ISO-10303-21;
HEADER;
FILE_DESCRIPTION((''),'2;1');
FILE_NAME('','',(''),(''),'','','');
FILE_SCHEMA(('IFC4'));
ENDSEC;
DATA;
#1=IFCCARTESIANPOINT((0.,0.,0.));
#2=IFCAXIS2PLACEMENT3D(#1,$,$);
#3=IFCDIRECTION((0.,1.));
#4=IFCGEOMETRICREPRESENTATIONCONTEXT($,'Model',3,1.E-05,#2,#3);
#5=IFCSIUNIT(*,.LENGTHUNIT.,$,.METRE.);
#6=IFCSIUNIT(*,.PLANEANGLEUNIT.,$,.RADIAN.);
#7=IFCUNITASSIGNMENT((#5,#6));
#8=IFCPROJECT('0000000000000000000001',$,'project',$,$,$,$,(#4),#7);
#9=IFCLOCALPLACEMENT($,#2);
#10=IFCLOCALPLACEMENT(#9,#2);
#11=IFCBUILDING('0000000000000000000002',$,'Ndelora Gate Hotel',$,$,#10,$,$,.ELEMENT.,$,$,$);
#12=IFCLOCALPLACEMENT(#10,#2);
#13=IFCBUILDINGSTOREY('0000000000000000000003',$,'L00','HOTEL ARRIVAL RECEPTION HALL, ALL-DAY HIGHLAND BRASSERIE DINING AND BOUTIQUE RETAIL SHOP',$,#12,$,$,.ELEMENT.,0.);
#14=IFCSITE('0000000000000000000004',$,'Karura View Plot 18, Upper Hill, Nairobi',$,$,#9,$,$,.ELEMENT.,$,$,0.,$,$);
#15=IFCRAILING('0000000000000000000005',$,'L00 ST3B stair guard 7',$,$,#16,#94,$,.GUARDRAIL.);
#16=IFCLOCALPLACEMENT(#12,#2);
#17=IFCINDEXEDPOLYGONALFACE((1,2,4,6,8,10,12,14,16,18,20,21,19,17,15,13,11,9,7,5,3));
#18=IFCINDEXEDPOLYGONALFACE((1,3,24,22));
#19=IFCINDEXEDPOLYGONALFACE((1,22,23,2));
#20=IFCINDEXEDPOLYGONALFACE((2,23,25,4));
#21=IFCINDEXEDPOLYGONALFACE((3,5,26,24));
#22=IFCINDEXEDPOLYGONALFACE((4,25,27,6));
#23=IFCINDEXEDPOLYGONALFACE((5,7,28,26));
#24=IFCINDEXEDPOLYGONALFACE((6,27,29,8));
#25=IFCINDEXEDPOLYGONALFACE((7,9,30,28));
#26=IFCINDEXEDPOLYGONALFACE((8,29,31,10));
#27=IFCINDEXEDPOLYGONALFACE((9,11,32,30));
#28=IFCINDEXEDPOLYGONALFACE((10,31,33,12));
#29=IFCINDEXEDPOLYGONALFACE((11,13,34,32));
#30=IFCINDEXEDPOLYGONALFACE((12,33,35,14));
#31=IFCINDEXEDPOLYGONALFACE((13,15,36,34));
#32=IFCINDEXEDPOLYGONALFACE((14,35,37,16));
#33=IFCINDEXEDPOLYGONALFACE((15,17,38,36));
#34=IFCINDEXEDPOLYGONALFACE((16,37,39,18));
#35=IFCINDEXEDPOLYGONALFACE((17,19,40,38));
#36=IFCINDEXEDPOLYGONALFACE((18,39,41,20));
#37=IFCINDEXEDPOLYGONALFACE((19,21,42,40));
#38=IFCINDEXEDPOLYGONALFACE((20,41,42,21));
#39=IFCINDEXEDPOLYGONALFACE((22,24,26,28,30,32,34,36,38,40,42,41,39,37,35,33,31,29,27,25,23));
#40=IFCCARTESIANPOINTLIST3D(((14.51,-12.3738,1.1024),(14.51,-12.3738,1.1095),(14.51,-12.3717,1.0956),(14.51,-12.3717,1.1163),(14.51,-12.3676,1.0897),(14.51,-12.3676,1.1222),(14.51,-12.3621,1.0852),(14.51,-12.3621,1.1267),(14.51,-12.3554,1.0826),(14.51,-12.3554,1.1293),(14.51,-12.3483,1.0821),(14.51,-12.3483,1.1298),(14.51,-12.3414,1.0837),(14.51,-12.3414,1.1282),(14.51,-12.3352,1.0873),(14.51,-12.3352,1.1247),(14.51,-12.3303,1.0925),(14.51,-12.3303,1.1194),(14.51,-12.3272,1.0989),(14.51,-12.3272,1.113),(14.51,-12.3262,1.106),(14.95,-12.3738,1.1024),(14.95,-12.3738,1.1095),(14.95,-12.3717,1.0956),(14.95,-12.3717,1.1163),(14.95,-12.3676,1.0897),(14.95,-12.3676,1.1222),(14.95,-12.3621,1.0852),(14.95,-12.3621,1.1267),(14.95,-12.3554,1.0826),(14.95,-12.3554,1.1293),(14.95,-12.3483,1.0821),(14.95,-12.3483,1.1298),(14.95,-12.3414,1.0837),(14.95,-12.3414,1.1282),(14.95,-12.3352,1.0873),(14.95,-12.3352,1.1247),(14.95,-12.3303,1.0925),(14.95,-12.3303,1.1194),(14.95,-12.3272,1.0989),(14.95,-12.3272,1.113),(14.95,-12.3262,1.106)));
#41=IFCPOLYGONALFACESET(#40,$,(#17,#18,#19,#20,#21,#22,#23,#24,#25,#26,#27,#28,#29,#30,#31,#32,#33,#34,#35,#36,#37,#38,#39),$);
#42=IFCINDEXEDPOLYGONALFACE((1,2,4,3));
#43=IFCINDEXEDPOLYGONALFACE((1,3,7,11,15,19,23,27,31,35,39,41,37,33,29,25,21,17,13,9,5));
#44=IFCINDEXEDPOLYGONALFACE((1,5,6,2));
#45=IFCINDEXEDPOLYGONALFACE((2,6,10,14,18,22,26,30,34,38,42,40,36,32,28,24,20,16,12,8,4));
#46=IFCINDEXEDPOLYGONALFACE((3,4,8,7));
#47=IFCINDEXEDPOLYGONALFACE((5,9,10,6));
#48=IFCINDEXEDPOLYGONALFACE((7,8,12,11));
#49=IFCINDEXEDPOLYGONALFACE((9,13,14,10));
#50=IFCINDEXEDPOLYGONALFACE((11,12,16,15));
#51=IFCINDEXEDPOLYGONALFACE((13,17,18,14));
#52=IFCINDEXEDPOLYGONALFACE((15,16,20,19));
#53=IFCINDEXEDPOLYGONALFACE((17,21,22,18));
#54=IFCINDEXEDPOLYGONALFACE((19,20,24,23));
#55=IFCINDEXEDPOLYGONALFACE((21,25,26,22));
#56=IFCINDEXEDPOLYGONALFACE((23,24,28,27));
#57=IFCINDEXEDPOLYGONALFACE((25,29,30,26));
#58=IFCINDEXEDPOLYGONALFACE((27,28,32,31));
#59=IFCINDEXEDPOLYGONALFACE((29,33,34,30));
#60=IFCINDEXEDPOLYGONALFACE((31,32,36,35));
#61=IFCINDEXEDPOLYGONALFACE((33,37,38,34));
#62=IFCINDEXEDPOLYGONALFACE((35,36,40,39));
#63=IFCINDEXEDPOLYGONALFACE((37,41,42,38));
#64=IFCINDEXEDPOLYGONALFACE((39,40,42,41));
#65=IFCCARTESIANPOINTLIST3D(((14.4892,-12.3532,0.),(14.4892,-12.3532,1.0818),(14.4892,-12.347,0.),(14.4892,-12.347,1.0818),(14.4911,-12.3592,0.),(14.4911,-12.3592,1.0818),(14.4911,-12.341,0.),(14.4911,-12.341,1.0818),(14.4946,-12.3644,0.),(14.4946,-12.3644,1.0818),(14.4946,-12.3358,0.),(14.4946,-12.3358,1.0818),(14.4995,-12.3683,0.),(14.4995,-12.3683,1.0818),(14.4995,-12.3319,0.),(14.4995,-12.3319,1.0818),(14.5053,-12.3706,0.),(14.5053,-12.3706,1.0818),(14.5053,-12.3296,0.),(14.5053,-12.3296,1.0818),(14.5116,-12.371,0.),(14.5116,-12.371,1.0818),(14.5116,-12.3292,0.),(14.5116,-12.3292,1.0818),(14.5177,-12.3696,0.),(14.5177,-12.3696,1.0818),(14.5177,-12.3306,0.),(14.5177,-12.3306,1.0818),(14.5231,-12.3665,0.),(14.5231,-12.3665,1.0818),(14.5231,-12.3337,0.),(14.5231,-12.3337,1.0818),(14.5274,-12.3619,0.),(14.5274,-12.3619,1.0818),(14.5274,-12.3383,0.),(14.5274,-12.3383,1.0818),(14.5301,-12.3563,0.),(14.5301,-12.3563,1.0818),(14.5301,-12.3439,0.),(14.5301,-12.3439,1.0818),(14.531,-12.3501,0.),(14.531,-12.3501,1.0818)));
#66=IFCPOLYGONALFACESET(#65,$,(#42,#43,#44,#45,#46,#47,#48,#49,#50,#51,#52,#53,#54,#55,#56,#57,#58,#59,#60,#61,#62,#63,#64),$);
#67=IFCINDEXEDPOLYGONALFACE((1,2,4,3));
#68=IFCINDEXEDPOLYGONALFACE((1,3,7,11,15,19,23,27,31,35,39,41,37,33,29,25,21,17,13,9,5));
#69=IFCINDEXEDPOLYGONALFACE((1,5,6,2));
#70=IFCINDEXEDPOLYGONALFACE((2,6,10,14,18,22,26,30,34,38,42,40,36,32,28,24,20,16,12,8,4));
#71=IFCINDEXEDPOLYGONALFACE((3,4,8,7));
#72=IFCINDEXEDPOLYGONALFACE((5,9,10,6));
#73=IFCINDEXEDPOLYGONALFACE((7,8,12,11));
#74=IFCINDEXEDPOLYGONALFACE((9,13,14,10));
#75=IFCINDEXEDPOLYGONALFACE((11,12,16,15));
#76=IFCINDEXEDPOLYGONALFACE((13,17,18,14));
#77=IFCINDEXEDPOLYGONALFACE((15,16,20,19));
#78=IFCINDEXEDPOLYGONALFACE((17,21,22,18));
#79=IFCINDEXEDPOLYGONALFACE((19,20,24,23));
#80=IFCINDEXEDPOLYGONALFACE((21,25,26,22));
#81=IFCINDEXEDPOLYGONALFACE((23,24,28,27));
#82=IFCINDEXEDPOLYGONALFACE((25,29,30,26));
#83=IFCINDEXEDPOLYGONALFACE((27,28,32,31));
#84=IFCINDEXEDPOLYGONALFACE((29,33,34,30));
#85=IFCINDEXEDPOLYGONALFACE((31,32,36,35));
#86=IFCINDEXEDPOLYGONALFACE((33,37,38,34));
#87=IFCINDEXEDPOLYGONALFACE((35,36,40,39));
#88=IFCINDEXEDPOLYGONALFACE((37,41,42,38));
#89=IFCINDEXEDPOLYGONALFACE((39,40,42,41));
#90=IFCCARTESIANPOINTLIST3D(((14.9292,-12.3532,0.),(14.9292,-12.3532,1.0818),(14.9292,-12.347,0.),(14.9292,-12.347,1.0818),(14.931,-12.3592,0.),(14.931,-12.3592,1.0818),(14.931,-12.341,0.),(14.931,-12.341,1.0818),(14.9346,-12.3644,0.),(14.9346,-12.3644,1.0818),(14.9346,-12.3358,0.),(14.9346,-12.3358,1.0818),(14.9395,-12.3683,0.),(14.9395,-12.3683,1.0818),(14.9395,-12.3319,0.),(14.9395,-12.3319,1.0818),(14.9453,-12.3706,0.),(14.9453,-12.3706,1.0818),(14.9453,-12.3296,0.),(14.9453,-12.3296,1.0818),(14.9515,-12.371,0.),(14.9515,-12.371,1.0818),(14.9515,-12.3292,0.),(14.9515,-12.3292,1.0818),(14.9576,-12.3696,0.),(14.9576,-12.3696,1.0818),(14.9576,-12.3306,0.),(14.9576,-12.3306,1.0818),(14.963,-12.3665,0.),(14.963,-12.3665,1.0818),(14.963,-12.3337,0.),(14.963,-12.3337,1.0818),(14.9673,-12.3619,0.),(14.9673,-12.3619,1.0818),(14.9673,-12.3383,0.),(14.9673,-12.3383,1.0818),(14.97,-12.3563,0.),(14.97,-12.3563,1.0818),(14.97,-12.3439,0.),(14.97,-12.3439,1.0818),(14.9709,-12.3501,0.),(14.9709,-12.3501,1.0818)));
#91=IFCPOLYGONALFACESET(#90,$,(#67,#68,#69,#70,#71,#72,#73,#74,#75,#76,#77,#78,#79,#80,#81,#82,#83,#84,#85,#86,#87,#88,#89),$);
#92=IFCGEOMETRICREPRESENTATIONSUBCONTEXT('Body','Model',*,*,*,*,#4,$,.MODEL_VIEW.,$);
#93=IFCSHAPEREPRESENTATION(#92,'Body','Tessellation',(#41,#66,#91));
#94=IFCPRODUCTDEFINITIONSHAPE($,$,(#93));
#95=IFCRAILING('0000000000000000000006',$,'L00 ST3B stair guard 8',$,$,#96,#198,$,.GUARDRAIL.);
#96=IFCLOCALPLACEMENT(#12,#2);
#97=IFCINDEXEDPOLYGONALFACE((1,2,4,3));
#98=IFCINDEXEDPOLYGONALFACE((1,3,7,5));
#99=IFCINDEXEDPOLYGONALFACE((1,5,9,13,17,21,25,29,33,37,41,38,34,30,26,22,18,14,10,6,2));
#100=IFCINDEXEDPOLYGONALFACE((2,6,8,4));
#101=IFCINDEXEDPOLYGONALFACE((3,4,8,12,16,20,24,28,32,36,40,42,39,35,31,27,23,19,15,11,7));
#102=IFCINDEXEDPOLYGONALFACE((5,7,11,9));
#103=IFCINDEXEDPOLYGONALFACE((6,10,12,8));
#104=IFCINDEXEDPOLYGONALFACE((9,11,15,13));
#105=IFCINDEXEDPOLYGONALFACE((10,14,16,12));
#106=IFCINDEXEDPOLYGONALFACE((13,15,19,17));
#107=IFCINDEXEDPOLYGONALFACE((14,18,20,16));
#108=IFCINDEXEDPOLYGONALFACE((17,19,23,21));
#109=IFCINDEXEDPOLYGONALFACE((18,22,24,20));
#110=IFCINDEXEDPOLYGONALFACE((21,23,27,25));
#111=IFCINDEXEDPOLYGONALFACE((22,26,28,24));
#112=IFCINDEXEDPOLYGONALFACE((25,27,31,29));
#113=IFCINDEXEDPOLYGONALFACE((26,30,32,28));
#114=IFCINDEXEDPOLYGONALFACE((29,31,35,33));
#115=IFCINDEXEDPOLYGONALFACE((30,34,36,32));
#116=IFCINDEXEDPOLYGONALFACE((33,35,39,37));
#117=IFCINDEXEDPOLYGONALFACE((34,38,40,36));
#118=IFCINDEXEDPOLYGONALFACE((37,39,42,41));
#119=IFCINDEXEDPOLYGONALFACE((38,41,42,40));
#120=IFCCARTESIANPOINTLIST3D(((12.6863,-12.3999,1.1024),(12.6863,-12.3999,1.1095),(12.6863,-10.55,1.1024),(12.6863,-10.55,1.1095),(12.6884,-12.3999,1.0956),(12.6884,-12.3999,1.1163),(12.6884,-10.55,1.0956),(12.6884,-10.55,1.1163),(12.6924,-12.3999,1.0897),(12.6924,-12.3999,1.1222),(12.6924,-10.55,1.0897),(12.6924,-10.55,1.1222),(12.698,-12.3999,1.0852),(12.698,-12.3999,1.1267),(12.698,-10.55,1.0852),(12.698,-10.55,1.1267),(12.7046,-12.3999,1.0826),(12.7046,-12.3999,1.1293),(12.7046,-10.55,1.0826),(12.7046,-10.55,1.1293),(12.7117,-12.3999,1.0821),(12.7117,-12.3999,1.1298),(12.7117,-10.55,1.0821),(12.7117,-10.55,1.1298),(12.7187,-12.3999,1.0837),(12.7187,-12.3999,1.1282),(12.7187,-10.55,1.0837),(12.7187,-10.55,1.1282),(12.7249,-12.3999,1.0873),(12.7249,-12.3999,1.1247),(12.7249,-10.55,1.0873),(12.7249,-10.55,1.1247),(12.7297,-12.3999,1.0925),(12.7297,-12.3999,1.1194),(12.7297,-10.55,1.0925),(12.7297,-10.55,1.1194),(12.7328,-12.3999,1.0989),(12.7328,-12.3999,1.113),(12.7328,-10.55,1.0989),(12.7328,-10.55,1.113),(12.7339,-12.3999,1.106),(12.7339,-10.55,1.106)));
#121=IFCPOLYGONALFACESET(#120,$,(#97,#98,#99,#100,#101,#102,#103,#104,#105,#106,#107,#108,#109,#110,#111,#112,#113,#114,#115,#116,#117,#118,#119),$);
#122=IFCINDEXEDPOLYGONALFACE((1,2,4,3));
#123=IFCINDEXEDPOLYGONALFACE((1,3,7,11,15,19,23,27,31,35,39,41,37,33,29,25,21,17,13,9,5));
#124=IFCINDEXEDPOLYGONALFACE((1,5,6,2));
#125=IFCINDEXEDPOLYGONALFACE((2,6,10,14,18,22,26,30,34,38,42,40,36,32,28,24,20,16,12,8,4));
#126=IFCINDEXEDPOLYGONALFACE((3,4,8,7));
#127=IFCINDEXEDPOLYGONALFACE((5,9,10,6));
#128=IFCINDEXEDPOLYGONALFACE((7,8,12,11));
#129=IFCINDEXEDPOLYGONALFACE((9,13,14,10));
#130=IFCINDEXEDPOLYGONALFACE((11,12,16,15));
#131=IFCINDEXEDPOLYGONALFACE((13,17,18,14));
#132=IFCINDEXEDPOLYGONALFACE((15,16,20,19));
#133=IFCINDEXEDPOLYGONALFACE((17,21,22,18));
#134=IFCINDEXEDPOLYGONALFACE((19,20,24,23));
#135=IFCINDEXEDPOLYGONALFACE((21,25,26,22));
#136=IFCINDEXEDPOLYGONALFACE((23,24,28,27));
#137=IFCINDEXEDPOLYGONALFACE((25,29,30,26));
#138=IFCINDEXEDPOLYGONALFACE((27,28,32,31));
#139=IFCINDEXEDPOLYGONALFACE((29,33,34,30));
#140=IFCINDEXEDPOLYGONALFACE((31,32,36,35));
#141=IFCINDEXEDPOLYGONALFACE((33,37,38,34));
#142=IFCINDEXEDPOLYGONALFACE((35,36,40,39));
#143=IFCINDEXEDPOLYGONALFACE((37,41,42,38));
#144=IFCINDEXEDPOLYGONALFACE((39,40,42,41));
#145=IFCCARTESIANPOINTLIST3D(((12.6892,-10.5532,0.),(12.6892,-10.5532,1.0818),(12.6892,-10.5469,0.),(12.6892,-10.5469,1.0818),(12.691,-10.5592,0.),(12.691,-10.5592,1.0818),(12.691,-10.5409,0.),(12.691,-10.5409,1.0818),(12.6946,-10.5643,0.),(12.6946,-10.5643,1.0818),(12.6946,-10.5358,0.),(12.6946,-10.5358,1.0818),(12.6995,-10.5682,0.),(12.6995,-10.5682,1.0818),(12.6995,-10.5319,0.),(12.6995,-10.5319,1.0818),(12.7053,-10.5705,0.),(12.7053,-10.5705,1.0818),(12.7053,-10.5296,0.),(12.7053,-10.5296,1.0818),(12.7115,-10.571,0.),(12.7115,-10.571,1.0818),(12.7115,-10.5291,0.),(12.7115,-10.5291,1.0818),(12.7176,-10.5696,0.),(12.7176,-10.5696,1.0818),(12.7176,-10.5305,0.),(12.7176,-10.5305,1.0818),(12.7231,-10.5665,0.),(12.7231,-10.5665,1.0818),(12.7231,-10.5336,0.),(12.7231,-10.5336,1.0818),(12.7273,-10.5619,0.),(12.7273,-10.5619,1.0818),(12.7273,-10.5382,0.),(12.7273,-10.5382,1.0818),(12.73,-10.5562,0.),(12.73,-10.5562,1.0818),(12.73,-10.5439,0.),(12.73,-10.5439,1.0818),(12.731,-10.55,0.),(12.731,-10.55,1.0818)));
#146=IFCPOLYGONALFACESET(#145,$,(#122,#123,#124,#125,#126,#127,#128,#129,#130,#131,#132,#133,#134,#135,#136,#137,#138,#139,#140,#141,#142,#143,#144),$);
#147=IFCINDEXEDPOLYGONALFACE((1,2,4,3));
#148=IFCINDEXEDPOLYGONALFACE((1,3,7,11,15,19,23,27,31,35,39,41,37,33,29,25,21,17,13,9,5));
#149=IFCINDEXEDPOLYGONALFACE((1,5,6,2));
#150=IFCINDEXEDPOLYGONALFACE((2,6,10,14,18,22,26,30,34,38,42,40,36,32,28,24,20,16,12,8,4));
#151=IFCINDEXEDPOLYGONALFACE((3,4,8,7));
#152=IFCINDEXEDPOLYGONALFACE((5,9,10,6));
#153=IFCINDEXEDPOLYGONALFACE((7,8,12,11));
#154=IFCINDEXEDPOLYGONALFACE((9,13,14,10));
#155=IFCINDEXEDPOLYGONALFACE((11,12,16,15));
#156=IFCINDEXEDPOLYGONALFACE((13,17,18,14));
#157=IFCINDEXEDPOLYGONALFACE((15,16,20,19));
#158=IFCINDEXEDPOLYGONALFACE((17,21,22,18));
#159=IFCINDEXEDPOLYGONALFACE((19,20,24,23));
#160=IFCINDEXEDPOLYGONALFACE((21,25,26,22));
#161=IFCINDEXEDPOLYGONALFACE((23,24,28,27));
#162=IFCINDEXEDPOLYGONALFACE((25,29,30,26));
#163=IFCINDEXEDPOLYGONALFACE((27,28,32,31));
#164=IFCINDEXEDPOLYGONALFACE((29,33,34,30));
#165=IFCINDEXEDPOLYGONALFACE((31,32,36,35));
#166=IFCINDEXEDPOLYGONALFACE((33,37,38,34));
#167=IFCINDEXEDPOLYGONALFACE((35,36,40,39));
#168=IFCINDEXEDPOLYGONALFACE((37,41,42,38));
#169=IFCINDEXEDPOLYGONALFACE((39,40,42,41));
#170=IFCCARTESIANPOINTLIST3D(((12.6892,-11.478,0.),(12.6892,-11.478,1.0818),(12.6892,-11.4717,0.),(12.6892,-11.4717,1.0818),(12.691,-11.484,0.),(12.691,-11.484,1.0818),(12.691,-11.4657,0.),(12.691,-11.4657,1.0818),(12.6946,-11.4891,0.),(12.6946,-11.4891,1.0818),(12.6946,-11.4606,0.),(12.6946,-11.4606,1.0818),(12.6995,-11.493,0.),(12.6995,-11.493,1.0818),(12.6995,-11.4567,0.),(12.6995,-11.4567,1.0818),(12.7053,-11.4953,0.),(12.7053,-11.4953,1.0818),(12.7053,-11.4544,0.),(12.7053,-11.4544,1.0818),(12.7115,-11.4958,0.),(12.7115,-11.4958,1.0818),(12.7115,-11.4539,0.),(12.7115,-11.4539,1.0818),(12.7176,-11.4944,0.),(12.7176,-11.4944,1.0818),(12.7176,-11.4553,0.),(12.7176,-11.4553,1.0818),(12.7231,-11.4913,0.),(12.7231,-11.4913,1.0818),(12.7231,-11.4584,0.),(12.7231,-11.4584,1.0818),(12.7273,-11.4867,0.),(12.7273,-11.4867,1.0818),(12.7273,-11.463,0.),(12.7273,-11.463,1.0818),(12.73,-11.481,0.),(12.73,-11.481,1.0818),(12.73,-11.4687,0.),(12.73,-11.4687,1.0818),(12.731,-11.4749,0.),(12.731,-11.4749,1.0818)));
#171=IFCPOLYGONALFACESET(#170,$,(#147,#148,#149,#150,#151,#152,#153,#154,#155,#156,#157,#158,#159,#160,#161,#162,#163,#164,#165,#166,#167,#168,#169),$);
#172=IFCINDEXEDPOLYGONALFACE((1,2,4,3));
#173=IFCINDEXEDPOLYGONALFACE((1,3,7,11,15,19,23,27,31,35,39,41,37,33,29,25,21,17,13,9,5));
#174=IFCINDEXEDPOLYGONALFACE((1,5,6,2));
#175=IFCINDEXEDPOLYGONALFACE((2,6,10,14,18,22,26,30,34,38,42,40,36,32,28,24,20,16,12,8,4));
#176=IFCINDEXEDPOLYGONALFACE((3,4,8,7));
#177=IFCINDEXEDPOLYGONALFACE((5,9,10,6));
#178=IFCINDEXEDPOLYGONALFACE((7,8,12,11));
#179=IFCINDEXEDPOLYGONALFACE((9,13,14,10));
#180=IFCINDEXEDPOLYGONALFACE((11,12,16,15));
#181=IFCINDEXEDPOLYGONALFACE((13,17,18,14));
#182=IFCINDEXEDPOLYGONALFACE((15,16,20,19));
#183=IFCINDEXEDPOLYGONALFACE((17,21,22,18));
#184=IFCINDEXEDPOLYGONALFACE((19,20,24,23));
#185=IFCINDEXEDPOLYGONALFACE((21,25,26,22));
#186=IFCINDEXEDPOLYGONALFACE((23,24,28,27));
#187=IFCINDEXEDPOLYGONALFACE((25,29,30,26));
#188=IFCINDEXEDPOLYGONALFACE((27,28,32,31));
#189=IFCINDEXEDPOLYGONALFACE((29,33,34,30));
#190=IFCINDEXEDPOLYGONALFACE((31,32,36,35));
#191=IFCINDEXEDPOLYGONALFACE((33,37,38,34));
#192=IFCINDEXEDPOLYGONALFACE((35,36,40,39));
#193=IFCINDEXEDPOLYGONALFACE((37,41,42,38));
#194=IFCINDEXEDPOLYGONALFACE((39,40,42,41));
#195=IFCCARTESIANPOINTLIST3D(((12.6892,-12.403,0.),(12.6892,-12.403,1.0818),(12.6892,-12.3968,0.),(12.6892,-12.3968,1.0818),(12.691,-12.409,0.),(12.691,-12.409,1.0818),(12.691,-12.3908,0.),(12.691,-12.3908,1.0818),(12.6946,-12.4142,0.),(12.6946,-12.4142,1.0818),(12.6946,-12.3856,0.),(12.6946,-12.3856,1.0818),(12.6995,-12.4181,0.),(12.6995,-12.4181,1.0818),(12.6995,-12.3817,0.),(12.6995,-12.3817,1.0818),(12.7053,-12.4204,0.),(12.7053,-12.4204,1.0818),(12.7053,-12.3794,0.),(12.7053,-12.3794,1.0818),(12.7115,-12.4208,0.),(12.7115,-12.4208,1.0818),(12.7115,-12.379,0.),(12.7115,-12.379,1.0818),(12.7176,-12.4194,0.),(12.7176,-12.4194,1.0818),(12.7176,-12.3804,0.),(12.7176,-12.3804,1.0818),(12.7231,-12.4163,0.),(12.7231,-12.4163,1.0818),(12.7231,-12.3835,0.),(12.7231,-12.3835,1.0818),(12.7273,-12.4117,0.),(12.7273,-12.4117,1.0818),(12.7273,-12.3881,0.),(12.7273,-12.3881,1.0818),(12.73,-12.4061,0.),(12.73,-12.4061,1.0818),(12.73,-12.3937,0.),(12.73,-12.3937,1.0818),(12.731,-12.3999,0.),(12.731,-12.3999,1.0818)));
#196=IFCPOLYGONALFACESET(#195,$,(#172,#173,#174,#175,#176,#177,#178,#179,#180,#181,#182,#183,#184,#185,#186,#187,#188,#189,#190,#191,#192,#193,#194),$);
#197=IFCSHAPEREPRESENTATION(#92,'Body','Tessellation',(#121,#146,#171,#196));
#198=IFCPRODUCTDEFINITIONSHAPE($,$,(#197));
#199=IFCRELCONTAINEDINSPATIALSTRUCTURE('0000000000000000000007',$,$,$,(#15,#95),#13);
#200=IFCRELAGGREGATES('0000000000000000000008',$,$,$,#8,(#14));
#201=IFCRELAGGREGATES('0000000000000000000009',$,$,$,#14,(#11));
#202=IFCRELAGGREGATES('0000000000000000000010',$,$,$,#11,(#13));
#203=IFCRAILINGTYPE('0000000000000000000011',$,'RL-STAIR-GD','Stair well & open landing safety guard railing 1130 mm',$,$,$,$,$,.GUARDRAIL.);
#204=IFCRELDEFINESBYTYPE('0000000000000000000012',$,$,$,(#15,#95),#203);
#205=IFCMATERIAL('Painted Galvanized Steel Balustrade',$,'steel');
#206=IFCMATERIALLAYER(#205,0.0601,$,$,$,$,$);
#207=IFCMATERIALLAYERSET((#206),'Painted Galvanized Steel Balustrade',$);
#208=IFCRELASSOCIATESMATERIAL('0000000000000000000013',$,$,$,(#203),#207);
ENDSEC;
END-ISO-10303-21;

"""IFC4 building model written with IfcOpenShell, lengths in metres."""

from ifc_helpers import new_model, si_unit, direction, frame, origin, origin_2d, place, context, subcontext, project, spatial, circle, extrude, material, layer, layer_set, type_object, element, save


model = new_model("IFC4")

# Units and contexts
model_context = context("Model", 3, precision=1e-05, world=origin(), true_north=direction((0.0, 1.0)))
body_context = subcontext(model_context, "Body", "Model", "MODEL_VIEW")
ifc_project = project(units=[si_unit("LENGTHUNIT", "METRE"), si_unit("PLANEANGLEUNIT", "RADIAN")], contexts=[model_context])

# Site, building, storey
site_placement = place(None, origin())
site = spatial("IfcSite", under=ifc_project, at=site_placement, Name="Karura View Plot 18, Upper Hill, Nairobi", CompositionType="ELEMENT", RefElevation=0.0)
building_placement = place(site_placement, origin())
building = spatial("IfcBuilding", under=site, at=building_placement, Name="Ndelora Gate Hotel", CompositionType="ELEMENT")
storey_placement = place(building_placement, origin())
storey = spatial("IfcBuildingStorey", under=building, at=storey_placement, Name="L00", Description="HOTEL ARRIVAL RECEPTION HALL, ALL-DAY HIGHLAND BRASSERIE DINING AND BOUTIQUE RETAIL SHOP", CompositionType="ELEMENT", Elevation=0.0)

# Railings
ifc_material_1 = material(Name="Painted Galvanized Steel Balustrade", Category="steel")
ifc_layer_1 = layer(ifc_material_1, 0.0601)
ifc_layer_set_1 = layer_set([ifc_layer_1], Name="Painted Galvanized Steel Balustrade")
railing_type_1 = type_object("IfcRailingType", Name="RL-STAIR-GD", Description="Stair well & open landing safety guard railing 1130 mm", PredefinedType="GUARDRAIL", material=ifc_layer_set_1)
railing_1_placement = place(storey_placement, frame((14.51, -12.3501, 0.0)))
element("IfcRailing", 1, at=railing_1_placement, inside=storey, type_object=railing_type_1, Name="L00 ST3B stair guard 7", PredefinedType="GUARDRAIL", context=body_context, shape_type="SweptSolid", body=[
    extrude(circle(Radius=0.0239, at=origin_2d()), frame((0.0, 0.0, 1.106), z_axis=(1.0, 0.0, 0.0), x_axis=(0.0, 1.0, 0.0)), (0.0, 0.0, 1.0), 0.4399),
    extrude(circle(Radius=0.021, at=origin_2d()), origin(), (0.0, 0.0, 1.0), 1.0818),
    extrude(circle(Radius=0.021, at=origin_2d()), frame((0.4399, 0.0, 0.0)), (0.0, 0.0, 1.0), 1.0818),
])
for number, where, name in (
    (2, (12.71, -10.55, 0.0), "L00 ST3B stair guard 8"),
):
    element("IfcRailing", number, at=place(storey_placement, frame(where)), inside=storey, type_object=railing_type_1, Name=name, PredefinedType="GUARDRAIL", context=body_context, shape_type="SweptSolid", body=[
        extrude(circle(Radius=0.0239, at=origin_2d()), frame((0.0, 0.0, 1.106), z_axis=(0.0, -1.0, 0.0), x_axis=(1.0, 0.0, 0.0)), (0.0, 0.0, 1.0), 1.8499),
        extrude(circle(Radius=0.021, at=origin_2d()), origin(), (0.0, 0.0, 1.0), 1.0818),
        extrude(circle(Radius=0.021, at=origin_2d()), frame((0.0, -0.9248, 0.0)), (0.0, 0.0, 1.0), 1.0818),
        extrude(circle(Radius=0.021, at=origin_2d()), frame((0.0, -1.8499, 0.0)), (0.0, 0.0, 1.0), 1.0818),
    ])

save(model, "model.ifc")
